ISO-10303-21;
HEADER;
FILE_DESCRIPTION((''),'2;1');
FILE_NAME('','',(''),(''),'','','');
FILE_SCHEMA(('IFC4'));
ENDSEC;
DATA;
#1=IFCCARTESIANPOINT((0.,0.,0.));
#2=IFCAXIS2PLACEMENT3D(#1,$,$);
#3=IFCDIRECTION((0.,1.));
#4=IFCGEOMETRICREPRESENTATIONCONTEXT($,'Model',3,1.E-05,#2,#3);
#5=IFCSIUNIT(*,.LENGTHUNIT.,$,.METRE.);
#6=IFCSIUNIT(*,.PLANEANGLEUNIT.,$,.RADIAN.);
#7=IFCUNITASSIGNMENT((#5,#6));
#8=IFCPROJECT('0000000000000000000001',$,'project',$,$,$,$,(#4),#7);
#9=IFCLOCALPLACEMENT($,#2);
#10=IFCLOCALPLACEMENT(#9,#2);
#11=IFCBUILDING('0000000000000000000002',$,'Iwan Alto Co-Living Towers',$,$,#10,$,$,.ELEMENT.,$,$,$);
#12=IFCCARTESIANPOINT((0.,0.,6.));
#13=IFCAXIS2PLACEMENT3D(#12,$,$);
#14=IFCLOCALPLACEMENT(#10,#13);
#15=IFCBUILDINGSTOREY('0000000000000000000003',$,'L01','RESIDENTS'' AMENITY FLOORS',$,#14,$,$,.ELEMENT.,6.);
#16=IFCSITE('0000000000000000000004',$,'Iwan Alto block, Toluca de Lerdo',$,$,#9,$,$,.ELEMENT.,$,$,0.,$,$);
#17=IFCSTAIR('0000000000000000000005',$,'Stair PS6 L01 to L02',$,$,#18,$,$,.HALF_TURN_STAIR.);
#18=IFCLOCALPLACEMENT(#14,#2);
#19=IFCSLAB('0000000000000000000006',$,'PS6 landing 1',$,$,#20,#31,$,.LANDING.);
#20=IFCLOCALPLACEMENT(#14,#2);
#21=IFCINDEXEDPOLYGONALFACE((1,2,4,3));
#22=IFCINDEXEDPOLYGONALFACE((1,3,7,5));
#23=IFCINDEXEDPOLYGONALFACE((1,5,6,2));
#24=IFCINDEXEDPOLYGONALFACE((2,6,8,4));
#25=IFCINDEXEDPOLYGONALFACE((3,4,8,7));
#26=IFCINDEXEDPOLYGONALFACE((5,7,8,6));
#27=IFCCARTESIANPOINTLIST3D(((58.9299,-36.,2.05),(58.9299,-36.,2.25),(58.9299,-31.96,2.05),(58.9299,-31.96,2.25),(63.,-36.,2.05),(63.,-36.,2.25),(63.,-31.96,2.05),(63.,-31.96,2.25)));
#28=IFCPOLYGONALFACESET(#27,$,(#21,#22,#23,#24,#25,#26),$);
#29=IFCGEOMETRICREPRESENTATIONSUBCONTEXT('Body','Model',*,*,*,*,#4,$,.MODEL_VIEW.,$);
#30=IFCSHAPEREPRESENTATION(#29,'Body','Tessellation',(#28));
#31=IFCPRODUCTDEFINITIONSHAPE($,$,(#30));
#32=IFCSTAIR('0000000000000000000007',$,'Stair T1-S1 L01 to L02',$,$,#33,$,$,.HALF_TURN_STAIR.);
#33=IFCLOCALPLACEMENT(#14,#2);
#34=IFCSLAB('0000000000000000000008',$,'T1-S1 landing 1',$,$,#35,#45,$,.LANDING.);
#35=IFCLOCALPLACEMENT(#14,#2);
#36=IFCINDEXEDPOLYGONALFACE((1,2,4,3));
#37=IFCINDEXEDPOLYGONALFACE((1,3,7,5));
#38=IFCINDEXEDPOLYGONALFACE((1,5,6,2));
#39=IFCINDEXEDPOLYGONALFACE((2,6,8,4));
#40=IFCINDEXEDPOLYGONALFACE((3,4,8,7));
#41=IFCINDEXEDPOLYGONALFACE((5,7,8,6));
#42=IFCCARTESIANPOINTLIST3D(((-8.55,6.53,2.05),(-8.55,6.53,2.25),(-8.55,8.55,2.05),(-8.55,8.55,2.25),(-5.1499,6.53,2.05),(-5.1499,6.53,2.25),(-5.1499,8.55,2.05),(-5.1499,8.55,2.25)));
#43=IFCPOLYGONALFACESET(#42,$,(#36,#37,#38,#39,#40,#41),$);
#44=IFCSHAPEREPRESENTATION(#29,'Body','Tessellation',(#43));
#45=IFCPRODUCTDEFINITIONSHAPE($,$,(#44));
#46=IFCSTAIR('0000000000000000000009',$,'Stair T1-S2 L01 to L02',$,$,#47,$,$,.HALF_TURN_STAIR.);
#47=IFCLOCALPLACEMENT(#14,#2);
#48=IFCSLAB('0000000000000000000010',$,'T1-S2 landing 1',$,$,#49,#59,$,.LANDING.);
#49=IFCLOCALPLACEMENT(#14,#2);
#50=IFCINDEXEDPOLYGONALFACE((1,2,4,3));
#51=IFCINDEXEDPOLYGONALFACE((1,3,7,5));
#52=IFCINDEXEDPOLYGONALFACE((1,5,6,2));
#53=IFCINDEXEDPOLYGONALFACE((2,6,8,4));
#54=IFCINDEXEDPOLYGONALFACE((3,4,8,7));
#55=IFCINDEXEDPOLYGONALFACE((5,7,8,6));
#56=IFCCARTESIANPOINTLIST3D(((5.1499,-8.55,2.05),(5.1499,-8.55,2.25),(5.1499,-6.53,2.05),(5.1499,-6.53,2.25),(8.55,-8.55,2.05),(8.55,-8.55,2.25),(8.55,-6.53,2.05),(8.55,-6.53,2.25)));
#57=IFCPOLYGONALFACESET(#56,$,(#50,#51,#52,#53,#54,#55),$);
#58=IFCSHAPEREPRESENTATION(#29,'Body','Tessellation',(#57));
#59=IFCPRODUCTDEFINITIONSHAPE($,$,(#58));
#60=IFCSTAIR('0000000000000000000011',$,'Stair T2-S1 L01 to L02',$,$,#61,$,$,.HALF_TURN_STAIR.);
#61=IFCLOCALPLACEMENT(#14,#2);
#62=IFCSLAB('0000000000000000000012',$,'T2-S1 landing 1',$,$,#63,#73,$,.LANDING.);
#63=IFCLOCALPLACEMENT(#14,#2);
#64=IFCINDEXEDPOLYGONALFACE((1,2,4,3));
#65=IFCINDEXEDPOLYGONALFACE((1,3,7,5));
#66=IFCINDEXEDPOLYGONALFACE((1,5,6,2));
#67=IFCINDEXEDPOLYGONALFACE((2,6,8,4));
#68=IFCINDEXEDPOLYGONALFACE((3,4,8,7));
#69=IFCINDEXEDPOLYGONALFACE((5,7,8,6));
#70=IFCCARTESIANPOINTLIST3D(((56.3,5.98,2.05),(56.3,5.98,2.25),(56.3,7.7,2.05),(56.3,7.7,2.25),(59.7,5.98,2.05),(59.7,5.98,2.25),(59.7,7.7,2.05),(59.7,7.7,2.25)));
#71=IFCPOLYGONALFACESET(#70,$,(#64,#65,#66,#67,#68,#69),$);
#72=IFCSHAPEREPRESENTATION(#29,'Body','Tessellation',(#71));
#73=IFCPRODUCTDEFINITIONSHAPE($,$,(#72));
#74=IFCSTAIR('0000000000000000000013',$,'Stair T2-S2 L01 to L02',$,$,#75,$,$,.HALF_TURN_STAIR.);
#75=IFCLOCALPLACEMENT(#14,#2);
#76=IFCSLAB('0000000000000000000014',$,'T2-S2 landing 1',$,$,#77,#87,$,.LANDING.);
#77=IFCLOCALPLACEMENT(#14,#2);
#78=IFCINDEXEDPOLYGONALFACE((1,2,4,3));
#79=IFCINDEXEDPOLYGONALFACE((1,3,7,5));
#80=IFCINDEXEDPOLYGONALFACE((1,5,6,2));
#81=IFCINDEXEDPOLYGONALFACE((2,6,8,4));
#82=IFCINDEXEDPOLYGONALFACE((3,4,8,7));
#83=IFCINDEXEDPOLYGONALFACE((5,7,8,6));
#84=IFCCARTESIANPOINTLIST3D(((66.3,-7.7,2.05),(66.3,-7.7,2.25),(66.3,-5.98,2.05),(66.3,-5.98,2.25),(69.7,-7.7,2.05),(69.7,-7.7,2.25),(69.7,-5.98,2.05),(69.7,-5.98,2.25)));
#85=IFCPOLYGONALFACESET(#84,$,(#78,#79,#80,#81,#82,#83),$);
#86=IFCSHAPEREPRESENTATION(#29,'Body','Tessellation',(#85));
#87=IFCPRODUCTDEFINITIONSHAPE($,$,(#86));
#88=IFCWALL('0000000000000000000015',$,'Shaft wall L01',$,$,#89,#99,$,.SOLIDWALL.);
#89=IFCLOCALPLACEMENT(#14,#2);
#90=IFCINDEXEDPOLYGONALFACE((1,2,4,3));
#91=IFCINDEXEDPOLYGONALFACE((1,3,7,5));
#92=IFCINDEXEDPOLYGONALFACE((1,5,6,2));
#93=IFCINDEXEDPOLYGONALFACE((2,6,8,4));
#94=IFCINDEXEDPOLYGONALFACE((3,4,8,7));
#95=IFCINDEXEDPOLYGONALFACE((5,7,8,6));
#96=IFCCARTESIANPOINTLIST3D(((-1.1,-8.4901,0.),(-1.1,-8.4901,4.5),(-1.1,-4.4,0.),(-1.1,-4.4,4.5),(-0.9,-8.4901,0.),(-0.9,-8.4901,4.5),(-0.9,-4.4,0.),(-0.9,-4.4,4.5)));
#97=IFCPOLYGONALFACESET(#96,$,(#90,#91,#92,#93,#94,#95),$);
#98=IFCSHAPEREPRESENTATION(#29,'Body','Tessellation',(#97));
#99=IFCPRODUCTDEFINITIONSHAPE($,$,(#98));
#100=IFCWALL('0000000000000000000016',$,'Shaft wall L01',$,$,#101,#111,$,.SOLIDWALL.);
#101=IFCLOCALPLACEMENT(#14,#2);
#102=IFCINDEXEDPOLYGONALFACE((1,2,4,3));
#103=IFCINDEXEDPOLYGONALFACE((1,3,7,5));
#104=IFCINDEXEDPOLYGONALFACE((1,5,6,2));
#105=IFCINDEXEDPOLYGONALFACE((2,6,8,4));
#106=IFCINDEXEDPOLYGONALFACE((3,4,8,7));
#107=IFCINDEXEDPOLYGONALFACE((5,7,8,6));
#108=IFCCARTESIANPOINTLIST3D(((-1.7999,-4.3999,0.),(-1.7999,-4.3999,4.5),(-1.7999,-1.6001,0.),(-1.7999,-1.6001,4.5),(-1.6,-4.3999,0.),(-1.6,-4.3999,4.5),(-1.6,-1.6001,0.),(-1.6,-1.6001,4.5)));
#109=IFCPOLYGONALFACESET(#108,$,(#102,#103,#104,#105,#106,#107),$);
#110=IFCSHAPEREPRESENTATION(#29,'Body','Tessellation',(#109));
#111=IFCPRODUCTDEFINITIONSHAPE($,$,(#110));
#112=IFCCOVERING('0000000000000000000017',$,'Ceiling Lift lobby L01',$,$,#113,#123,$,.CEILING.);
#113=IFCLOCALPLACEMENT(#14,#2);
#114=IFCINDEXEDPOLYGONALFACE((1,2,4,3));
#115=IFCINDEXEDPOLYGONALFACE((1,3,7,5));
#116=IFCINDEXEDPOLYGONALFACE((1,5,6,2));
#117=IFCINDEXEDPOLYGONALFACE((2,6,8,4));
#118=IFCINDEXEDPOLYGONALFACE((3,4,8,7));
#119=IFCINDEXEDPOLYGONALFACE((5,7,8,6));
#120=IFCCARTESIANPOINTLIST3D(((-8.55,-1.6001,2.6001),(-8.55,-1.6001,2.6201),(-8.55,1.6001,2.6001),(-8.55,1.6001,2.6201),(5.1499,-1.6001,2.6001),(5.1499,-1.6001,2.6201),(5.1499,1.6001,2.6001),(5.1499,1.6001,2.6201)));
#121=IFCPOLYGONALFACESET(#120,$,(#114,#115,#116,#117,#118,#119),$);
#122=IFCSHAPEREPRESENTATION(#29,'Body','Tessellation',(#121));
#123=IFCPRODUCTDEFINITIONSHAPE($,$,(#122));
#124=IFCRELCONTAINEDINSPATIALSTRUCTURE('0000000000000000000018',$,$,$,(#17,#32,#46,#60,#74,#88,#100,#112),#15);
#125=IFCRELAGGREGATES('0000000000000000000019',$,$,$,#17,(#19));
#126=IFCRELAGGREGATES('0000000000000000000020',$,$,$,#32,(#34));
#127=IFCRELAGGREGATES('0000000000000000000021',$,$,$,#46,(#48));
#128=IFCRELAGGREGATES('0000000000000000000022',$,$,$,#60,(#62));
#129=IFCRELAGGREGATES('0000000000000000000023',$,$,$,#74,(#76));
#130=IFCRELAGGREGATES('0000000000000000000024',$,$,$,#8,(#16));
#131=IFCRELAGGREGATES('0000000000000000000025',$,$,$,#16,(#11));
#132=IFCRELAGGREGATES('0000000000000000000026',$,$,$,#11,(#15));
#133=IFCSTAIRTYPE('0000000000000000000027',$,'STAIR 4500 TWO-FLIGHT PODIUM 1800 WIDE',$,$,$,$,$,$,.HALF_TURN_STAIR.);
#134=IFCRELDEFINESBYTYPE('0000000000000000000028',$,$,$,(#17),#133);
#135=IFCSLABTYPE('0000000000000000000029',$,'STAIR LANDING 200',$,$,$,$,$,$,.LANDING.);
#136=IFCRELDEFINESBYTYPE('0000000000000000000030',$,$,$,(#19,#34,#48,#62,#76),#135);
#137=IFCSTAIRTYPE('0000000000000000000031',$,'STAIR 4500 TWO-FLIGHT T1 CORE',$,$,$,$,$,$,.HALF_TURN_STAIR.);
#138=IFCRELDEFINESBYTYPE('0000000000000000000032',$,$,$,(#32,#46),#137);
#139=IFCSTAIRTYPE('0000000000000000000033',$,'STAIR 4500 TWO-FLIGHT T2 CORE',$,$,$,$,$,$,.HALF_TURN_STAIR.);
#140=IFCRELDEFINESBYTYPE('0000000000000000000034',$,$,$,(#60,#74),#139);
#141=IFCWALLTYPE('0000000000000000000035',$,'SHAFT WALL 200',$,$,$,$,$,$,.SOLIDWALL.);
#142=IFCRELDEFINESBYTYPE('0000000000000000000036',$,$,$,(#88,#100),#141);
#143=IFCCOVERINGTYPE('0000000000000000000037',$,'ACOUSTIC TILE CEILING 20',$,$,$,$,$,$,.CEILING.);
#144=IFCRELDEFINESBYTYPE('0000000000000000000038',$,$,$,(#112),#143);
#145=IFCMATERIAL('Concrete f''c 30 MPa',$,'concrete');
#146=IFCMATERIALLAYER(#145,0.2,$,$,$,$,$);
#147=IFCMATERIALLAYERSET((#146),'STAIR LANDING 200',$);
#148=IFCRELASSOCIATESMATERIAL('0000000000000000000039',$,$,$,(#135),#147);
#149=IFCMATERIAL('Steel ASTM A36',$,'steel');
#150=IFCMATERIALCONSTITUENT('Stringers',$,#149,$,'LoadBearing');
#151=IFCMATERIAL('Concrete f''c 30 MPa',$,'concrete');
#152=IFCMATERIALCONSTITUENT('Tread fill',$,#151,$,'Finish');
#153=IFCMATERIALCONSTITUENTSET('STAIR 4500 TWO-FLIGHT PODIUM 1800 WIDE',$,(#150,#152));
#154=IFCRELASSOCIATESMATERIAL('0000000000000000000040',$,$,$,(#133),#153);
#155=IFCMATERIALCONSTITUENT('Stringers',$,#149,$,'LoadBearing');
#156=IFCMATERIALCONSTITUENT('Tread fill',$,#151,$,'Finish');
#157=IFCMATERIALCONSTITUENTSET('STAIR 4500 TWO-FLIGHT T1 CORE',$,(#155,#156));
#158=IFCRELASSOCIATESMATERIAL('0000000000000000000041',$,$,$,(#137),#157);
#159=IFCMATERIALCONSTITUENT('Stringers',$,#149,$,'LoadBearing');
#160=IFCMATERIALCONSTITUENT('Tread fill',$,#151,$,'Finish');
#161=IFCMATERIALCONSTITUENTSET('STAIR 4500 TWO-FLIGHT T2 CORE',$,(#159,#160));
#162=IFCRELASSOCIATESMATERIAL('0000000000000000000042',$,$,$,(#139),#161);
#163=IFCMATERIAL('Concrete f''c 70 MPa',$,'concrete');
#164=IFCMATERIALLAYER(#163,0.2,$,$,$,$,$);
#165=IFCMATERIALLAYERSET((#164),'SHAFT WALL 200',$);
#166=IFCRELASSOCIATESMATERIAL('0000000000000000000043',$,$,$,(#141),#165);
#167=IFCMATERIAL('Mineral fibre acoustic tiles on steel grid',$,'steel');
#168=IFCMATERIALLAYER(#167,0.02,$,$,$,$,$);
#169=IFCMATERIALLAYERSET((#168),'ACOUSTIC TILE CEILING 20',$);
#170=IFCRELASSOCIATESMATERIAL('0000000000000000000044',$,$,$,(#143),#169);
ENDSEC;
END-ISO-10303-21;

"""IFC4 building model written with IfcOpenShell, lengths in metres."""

from ifc_helpers import new_model, si_unit, direction, frame, frame_2d, origin, place, context, subcontext, project, spatial, polyline, rectangle, outline, extrude, material, layer, layer_set, constituent, constituent_set, type_object, element, aggregate, save


model = new_model("IFC4")

# Units and contexts
model_context = context("Model", 3, precision=1e-05, world=origin(), true_north=direction((0.0, 1.0)))
body_context = subcontext(model_context, "Body", "Model", "MODEL_VIEW")
ifc_project = project(units=[si_unit("LENGTHUNIT", "METRE"), si_unit("PLANEANGLEUNIT", "RADIAN")], contexts=[model_context])

# Site, building, storey
site_placement = place(None, origin())
site = spatial("IfcSite", under=ifc_project, at=site_placement, Name="Iwan Alto block, Toluca de Lerdo", CompositionType="ELEMENT", RefElevation=0.0)
building_placement = place(site_placement, origin())
building = spatial("IfcBuilding", under=site, at=building_placement, Name="Iwan Alto Co-Living Towers", CompositionType="ELEMENT")
storey_placement = place(building_placement, frame((0.0, 0.0, 6.0)))
storey = spatial("IfcBuildingStorey", under=building, at=storey_placement, Name="L01", Description="RESIDENTS' AMENITY FLOORS", CompositionType="ELEMENT", Elevation=6.0)

# Stairs, slabs
ifc_material_1 = material(Name="Steel ASTM A36", Category="steel")
ifc_material_2 = material(Name="Concrete f'c 30 MPa", Category="concrete")
ifc_material_3 = material(Name="Concrete f'c 30 MPa", Category="concrete")
ifc_layer_1 = layer(ifc_material_3, 0.2)
ifc_layer_set_1 = layer_set([ifc_layer_1], Name="STAIR LANDING 200")
slab_type_1 = type_object("IfcSlabType", Name="STAIR LANDING 200", PredefinedType="LANDING", material=ifc_layer_set_1)
ifc_constituent_1 = constituent(ifc_material_1, Name="Stringers", Category="LoadBearing")
ifc_constituent_2 = constituent(ifc_material_2, Name="Tread fill", Category="Finish")
ifc_constituent_set_1 = constituent_set(constituents=[ifc_constituent_1, ifc_constituent_2], Name="STAIR 4500 TWO-FLIGHT PODIUM 1800 WIDE")
stair_type_1 = type_object("IfcStairType", Name="STAIR 4500 TWO-FLIGHT PODIUM 1800 WIDE", PredefinedType="HALF_TURN_STAIR", material=ifc_constituent_set_1)
stair_1_placement = place(storey_placement, origin())
stair_1 = element("IfcStair", 1, at=stair_1_placement, inside=storey, type_object=stair_type_1, Name="Stair PS6 L01 to L02", PredefinedType="HALF_TURN_STAIR")
slab_1_placement = place(storey_placement, frame((0.0, 0.0, 2.05)))
slab_1 = element("IfcSlab", 2, at=slab_1_placement, type_object=slab_type_1, Name="PS6 landing 1", PredefinedType="LANDING", context=body_context, shape_type="SweptSolid", body=[
    extrude(outline(polyline([(58.9299, -36.0), (63.0, -36.0), (63.0, -31.96), (58.9299, -31.96), (58.9299, -36.0)])), origin(), (0.0, 0.0, 1.0), 0.2),
])
aggregate(stair_1, [slab_1])
ifc_constituent_3 = constituent(ifc_material_1, Name="Stringers", Category="LoadBearing")
ifc_constituent_4 = constituent(ifc_material_2, Name="Tread fill", Category="Finish")
ifc_constituent_set_2 = constituent_set(constituents=[ifc_constituent_3, ifc_constituent_4], Name="STAIR 4500 TWO-FLIGHT T1 CORE")
stair_type_2 = type_object("IfcStairType", Name="STAIR 4500 TWO-FLIGHT T1 CORE", PredefinedType="HALF_TURN_STAIR", material=ifc_constituent_set_2)
stair_2_placement = place(storey_placement, origin())
stair_2 = element("IfcStair", 3, at=stair_2_placement, inside=storey, type_object=stair_type_2, Name="Stair T1-S1 L01 to L02", PredefinedType="HALF_TURN_STAIR")
slab_2_placement = place(storey_placement, frame((0.0, 0.0, 2.05)))
slab_2 = element("IfcSlab", 4, at=slab_2_placement, type_object=slab_type_1, Name="T1-S1 landing 1", PredefinedType="LANDING", context=body_context, shape_type="SweptSolid", body=[
    extrude(outline(polyline([(-8.55, 6.53), (-8.55, 8.55), (-5.1499, 8.55), (-5.1499, 6.53), (-8.55, 6.53)])), origin(), (0.0, 0.0, 1.0), 0.2),
])
aggregate(stair_2, [slab_2])
stair_3_placement = place(storey_placement, origin())
stair_3 = element("IfcStair", 5, at=stair_3_placement, inside=storey, type_object=stair_type_2, Name="Stair T1-S2 L01 to L02", PredefinedType="HALF_TURN_STAIR")
slab_3_placement = place(storey_placement, frame((0.0, 0.0, 2.05)))
slab_3 = element("IfcSlab", 6, at=slab_3_placement, type_object=slab_type_1, Name="T1-S2 landing 1", PredefinedType="LANDING", context=body_context, shape_type="SweptSolid", body=[
    extrude(outline(polyline([(5.1499, -6.53), (5.1499, -8.55), (8.55, -8.55), (8.55, -6.53), (5.1499, -6.53)])), origin(), (0.0, 0.0, 1.0), 0.2),
])
aggregate(stair_3, [slab_3])
ifc_constituent_5 = constituent(ifc_material_1, Name="Stringers", Category="LoadBearing")
ifc_constituent_6 = constituent(ifc_material_2, Name="Tread fill", Category="Finish")
ifc_constituent_set_3 = constituent_set(constituents=[ifc_constituent_5, ifc_constituent_6], Name="STAIR 4500 TWO-FLIGHT T2 CORE")
stair_type_3 = type_object("IfcStairType", Name="STAIR 4500 TWO-FLIGHT T2 CORE", PredefinedType="HALF_TURN_STAIR", material=ifc_constituent_set_3)
stair_4_placement = place(storey_placement, origin())
stair_4 = element("IfcStair", 7, at=stair_4_placement, inside=storey, type_object=stair_type_3, Name="Stair T2-S1 L01 to L02", PredefinedType="HALF_TURN_STAIR")
slab_4_placement = place(storey_placement, frame((0.0, 0.0, 2.05)))
slab_4 = element("IfcSlab", 8, at=slab_4_placement, type_object=slab_type_1, Name="T2-S1 landing 1", PredefinedType="LANDING", context=body_context, shape_type="SweptSolid", body=[
    extrude(outline(polyline([(56.3, 5.98), (56.3, 7.7), (59.7, 7.7), (59.7, 5.98), (56.3, 5.98)])), origin(), (0.0, 0.0, 1.0), 0.2),
])
aggregate(stair_4, [slab_4])
stair_5_placement = place(storey_placement, origin())
stair_5 = element("IfcStair", 9, at=stair_5_placement, inside=storey, type_object=stair_type_3, Name="Stair T2-S2 L01 to L02", PredefinedType="HALF_TURN_STAIR")
slab_5_placement = place(storey_placement, frame((0.0, 0.0, 2.05)))
slab_5 = element("IfcSlab", 10, at=slab_5_placement, type_object=slab_type_1, Name="T2-S2 landing 1", PredefinedType="LANDING", context=body_context, shape_type="SweptSolid", body=[
    extrude(outline(polyline([(66.3, -5.98), (66.3, -7.7), (69.7, -7.7), (69.7, -5.98), (66.3, -5.98)])), origin(), (0.0, 0.0, 1.0), 0.2),
])
aggregate(stair_5, [slab_5])

# Walls
ifc_material_4 = material(Name="Concrete f'c 70 MPa", Category="concrete")
ifc_layer_2 = layer(ifc_material_4, 0.2)
ifc_layer_set_2 = layer_set([ifc_layer_2], Name="SHAFT WALL 200")
wall_type = type_object("IfcWallType", Name="SHAFT WALL 200", PredefinedType="SOLIDWALL", material=ifc_layer_set_2)
wall_1_placement = place(storey_placement, frame((-1.0, -8.49, 0.0), z_axis=(0.0, 0.0, 1.0), x_axis=(0.0, 1.0, 0.0)))
element("IfcWall", 11, at=wall_1_placement, inside=storey, type_object=wall_type, Name="Shaft wall L01", PredefinedType="SOLIDWALL", context=body_context, shape_type="SweptSolid", body=[
    extrude(rectangle(XDim=4.0901, YDim=0.2, at=frame_2d((2.0449, 0.0))), origin(), (0.0, 0.0, 1.0), 4.5),
])
wall_2_placement = place(storey_placement, frame((-1.7, -4.3999, 0.0), z_axis=(0.0, 0.0, 1.0), x_axis=(0.0, 1.0, 0.0)))
element("IfcWall", 12, at=wall_2_placement, inside=storey, type_object=wall_type, Name="Shaft wall L01", PredefinedType="SOLIDWALL", context=body_context, shape_type="SweptSolid", body=[
    extrude(rectangle(XDim=2.7998, YDim=0.2, at=frame_2d((1.3999, 0.0))), origin(), (0.0, 0.0, 1.0), 4.5),
])

# Covering
ifc_material_5 = material(Name="Mineral fibre acoustic tiles on steel grid", Category="steel")
ifc_layer_3 = layer(ifc_material_5, 0.02)
ifc_layer_set_3 = layer_set([ifc_layer_3], Name="ACOUSTIC TILE CEILING 20")
covering_type = type_object("IfcCoveringType", Name="ACOUSTIC TILE CEILING 20", PredefinedType="CEILING", material=ifc_layer_set_3)
covering_placement = place(storey_placement, frame((0.0, 0.0, 2.6001)))
element("IfcCovering", 13, at=covering_placement, inside=storey, type_object=covering_type, Name="Ceiling Lift lobby L01", PredefinedType="CEILING", context=body_context, shape_type="SweptSolid", body=[
    extrude(outline(polyline([(-8.55, -1.6001), (-8.55, 1.6001), (5.1499, 1.6001), (5.1499, -1.6001), (-8.55, -1.6001)])), origin(), (0.0, 0.0, 1.0), 0.02),
])

save(model, "model.ifc")
